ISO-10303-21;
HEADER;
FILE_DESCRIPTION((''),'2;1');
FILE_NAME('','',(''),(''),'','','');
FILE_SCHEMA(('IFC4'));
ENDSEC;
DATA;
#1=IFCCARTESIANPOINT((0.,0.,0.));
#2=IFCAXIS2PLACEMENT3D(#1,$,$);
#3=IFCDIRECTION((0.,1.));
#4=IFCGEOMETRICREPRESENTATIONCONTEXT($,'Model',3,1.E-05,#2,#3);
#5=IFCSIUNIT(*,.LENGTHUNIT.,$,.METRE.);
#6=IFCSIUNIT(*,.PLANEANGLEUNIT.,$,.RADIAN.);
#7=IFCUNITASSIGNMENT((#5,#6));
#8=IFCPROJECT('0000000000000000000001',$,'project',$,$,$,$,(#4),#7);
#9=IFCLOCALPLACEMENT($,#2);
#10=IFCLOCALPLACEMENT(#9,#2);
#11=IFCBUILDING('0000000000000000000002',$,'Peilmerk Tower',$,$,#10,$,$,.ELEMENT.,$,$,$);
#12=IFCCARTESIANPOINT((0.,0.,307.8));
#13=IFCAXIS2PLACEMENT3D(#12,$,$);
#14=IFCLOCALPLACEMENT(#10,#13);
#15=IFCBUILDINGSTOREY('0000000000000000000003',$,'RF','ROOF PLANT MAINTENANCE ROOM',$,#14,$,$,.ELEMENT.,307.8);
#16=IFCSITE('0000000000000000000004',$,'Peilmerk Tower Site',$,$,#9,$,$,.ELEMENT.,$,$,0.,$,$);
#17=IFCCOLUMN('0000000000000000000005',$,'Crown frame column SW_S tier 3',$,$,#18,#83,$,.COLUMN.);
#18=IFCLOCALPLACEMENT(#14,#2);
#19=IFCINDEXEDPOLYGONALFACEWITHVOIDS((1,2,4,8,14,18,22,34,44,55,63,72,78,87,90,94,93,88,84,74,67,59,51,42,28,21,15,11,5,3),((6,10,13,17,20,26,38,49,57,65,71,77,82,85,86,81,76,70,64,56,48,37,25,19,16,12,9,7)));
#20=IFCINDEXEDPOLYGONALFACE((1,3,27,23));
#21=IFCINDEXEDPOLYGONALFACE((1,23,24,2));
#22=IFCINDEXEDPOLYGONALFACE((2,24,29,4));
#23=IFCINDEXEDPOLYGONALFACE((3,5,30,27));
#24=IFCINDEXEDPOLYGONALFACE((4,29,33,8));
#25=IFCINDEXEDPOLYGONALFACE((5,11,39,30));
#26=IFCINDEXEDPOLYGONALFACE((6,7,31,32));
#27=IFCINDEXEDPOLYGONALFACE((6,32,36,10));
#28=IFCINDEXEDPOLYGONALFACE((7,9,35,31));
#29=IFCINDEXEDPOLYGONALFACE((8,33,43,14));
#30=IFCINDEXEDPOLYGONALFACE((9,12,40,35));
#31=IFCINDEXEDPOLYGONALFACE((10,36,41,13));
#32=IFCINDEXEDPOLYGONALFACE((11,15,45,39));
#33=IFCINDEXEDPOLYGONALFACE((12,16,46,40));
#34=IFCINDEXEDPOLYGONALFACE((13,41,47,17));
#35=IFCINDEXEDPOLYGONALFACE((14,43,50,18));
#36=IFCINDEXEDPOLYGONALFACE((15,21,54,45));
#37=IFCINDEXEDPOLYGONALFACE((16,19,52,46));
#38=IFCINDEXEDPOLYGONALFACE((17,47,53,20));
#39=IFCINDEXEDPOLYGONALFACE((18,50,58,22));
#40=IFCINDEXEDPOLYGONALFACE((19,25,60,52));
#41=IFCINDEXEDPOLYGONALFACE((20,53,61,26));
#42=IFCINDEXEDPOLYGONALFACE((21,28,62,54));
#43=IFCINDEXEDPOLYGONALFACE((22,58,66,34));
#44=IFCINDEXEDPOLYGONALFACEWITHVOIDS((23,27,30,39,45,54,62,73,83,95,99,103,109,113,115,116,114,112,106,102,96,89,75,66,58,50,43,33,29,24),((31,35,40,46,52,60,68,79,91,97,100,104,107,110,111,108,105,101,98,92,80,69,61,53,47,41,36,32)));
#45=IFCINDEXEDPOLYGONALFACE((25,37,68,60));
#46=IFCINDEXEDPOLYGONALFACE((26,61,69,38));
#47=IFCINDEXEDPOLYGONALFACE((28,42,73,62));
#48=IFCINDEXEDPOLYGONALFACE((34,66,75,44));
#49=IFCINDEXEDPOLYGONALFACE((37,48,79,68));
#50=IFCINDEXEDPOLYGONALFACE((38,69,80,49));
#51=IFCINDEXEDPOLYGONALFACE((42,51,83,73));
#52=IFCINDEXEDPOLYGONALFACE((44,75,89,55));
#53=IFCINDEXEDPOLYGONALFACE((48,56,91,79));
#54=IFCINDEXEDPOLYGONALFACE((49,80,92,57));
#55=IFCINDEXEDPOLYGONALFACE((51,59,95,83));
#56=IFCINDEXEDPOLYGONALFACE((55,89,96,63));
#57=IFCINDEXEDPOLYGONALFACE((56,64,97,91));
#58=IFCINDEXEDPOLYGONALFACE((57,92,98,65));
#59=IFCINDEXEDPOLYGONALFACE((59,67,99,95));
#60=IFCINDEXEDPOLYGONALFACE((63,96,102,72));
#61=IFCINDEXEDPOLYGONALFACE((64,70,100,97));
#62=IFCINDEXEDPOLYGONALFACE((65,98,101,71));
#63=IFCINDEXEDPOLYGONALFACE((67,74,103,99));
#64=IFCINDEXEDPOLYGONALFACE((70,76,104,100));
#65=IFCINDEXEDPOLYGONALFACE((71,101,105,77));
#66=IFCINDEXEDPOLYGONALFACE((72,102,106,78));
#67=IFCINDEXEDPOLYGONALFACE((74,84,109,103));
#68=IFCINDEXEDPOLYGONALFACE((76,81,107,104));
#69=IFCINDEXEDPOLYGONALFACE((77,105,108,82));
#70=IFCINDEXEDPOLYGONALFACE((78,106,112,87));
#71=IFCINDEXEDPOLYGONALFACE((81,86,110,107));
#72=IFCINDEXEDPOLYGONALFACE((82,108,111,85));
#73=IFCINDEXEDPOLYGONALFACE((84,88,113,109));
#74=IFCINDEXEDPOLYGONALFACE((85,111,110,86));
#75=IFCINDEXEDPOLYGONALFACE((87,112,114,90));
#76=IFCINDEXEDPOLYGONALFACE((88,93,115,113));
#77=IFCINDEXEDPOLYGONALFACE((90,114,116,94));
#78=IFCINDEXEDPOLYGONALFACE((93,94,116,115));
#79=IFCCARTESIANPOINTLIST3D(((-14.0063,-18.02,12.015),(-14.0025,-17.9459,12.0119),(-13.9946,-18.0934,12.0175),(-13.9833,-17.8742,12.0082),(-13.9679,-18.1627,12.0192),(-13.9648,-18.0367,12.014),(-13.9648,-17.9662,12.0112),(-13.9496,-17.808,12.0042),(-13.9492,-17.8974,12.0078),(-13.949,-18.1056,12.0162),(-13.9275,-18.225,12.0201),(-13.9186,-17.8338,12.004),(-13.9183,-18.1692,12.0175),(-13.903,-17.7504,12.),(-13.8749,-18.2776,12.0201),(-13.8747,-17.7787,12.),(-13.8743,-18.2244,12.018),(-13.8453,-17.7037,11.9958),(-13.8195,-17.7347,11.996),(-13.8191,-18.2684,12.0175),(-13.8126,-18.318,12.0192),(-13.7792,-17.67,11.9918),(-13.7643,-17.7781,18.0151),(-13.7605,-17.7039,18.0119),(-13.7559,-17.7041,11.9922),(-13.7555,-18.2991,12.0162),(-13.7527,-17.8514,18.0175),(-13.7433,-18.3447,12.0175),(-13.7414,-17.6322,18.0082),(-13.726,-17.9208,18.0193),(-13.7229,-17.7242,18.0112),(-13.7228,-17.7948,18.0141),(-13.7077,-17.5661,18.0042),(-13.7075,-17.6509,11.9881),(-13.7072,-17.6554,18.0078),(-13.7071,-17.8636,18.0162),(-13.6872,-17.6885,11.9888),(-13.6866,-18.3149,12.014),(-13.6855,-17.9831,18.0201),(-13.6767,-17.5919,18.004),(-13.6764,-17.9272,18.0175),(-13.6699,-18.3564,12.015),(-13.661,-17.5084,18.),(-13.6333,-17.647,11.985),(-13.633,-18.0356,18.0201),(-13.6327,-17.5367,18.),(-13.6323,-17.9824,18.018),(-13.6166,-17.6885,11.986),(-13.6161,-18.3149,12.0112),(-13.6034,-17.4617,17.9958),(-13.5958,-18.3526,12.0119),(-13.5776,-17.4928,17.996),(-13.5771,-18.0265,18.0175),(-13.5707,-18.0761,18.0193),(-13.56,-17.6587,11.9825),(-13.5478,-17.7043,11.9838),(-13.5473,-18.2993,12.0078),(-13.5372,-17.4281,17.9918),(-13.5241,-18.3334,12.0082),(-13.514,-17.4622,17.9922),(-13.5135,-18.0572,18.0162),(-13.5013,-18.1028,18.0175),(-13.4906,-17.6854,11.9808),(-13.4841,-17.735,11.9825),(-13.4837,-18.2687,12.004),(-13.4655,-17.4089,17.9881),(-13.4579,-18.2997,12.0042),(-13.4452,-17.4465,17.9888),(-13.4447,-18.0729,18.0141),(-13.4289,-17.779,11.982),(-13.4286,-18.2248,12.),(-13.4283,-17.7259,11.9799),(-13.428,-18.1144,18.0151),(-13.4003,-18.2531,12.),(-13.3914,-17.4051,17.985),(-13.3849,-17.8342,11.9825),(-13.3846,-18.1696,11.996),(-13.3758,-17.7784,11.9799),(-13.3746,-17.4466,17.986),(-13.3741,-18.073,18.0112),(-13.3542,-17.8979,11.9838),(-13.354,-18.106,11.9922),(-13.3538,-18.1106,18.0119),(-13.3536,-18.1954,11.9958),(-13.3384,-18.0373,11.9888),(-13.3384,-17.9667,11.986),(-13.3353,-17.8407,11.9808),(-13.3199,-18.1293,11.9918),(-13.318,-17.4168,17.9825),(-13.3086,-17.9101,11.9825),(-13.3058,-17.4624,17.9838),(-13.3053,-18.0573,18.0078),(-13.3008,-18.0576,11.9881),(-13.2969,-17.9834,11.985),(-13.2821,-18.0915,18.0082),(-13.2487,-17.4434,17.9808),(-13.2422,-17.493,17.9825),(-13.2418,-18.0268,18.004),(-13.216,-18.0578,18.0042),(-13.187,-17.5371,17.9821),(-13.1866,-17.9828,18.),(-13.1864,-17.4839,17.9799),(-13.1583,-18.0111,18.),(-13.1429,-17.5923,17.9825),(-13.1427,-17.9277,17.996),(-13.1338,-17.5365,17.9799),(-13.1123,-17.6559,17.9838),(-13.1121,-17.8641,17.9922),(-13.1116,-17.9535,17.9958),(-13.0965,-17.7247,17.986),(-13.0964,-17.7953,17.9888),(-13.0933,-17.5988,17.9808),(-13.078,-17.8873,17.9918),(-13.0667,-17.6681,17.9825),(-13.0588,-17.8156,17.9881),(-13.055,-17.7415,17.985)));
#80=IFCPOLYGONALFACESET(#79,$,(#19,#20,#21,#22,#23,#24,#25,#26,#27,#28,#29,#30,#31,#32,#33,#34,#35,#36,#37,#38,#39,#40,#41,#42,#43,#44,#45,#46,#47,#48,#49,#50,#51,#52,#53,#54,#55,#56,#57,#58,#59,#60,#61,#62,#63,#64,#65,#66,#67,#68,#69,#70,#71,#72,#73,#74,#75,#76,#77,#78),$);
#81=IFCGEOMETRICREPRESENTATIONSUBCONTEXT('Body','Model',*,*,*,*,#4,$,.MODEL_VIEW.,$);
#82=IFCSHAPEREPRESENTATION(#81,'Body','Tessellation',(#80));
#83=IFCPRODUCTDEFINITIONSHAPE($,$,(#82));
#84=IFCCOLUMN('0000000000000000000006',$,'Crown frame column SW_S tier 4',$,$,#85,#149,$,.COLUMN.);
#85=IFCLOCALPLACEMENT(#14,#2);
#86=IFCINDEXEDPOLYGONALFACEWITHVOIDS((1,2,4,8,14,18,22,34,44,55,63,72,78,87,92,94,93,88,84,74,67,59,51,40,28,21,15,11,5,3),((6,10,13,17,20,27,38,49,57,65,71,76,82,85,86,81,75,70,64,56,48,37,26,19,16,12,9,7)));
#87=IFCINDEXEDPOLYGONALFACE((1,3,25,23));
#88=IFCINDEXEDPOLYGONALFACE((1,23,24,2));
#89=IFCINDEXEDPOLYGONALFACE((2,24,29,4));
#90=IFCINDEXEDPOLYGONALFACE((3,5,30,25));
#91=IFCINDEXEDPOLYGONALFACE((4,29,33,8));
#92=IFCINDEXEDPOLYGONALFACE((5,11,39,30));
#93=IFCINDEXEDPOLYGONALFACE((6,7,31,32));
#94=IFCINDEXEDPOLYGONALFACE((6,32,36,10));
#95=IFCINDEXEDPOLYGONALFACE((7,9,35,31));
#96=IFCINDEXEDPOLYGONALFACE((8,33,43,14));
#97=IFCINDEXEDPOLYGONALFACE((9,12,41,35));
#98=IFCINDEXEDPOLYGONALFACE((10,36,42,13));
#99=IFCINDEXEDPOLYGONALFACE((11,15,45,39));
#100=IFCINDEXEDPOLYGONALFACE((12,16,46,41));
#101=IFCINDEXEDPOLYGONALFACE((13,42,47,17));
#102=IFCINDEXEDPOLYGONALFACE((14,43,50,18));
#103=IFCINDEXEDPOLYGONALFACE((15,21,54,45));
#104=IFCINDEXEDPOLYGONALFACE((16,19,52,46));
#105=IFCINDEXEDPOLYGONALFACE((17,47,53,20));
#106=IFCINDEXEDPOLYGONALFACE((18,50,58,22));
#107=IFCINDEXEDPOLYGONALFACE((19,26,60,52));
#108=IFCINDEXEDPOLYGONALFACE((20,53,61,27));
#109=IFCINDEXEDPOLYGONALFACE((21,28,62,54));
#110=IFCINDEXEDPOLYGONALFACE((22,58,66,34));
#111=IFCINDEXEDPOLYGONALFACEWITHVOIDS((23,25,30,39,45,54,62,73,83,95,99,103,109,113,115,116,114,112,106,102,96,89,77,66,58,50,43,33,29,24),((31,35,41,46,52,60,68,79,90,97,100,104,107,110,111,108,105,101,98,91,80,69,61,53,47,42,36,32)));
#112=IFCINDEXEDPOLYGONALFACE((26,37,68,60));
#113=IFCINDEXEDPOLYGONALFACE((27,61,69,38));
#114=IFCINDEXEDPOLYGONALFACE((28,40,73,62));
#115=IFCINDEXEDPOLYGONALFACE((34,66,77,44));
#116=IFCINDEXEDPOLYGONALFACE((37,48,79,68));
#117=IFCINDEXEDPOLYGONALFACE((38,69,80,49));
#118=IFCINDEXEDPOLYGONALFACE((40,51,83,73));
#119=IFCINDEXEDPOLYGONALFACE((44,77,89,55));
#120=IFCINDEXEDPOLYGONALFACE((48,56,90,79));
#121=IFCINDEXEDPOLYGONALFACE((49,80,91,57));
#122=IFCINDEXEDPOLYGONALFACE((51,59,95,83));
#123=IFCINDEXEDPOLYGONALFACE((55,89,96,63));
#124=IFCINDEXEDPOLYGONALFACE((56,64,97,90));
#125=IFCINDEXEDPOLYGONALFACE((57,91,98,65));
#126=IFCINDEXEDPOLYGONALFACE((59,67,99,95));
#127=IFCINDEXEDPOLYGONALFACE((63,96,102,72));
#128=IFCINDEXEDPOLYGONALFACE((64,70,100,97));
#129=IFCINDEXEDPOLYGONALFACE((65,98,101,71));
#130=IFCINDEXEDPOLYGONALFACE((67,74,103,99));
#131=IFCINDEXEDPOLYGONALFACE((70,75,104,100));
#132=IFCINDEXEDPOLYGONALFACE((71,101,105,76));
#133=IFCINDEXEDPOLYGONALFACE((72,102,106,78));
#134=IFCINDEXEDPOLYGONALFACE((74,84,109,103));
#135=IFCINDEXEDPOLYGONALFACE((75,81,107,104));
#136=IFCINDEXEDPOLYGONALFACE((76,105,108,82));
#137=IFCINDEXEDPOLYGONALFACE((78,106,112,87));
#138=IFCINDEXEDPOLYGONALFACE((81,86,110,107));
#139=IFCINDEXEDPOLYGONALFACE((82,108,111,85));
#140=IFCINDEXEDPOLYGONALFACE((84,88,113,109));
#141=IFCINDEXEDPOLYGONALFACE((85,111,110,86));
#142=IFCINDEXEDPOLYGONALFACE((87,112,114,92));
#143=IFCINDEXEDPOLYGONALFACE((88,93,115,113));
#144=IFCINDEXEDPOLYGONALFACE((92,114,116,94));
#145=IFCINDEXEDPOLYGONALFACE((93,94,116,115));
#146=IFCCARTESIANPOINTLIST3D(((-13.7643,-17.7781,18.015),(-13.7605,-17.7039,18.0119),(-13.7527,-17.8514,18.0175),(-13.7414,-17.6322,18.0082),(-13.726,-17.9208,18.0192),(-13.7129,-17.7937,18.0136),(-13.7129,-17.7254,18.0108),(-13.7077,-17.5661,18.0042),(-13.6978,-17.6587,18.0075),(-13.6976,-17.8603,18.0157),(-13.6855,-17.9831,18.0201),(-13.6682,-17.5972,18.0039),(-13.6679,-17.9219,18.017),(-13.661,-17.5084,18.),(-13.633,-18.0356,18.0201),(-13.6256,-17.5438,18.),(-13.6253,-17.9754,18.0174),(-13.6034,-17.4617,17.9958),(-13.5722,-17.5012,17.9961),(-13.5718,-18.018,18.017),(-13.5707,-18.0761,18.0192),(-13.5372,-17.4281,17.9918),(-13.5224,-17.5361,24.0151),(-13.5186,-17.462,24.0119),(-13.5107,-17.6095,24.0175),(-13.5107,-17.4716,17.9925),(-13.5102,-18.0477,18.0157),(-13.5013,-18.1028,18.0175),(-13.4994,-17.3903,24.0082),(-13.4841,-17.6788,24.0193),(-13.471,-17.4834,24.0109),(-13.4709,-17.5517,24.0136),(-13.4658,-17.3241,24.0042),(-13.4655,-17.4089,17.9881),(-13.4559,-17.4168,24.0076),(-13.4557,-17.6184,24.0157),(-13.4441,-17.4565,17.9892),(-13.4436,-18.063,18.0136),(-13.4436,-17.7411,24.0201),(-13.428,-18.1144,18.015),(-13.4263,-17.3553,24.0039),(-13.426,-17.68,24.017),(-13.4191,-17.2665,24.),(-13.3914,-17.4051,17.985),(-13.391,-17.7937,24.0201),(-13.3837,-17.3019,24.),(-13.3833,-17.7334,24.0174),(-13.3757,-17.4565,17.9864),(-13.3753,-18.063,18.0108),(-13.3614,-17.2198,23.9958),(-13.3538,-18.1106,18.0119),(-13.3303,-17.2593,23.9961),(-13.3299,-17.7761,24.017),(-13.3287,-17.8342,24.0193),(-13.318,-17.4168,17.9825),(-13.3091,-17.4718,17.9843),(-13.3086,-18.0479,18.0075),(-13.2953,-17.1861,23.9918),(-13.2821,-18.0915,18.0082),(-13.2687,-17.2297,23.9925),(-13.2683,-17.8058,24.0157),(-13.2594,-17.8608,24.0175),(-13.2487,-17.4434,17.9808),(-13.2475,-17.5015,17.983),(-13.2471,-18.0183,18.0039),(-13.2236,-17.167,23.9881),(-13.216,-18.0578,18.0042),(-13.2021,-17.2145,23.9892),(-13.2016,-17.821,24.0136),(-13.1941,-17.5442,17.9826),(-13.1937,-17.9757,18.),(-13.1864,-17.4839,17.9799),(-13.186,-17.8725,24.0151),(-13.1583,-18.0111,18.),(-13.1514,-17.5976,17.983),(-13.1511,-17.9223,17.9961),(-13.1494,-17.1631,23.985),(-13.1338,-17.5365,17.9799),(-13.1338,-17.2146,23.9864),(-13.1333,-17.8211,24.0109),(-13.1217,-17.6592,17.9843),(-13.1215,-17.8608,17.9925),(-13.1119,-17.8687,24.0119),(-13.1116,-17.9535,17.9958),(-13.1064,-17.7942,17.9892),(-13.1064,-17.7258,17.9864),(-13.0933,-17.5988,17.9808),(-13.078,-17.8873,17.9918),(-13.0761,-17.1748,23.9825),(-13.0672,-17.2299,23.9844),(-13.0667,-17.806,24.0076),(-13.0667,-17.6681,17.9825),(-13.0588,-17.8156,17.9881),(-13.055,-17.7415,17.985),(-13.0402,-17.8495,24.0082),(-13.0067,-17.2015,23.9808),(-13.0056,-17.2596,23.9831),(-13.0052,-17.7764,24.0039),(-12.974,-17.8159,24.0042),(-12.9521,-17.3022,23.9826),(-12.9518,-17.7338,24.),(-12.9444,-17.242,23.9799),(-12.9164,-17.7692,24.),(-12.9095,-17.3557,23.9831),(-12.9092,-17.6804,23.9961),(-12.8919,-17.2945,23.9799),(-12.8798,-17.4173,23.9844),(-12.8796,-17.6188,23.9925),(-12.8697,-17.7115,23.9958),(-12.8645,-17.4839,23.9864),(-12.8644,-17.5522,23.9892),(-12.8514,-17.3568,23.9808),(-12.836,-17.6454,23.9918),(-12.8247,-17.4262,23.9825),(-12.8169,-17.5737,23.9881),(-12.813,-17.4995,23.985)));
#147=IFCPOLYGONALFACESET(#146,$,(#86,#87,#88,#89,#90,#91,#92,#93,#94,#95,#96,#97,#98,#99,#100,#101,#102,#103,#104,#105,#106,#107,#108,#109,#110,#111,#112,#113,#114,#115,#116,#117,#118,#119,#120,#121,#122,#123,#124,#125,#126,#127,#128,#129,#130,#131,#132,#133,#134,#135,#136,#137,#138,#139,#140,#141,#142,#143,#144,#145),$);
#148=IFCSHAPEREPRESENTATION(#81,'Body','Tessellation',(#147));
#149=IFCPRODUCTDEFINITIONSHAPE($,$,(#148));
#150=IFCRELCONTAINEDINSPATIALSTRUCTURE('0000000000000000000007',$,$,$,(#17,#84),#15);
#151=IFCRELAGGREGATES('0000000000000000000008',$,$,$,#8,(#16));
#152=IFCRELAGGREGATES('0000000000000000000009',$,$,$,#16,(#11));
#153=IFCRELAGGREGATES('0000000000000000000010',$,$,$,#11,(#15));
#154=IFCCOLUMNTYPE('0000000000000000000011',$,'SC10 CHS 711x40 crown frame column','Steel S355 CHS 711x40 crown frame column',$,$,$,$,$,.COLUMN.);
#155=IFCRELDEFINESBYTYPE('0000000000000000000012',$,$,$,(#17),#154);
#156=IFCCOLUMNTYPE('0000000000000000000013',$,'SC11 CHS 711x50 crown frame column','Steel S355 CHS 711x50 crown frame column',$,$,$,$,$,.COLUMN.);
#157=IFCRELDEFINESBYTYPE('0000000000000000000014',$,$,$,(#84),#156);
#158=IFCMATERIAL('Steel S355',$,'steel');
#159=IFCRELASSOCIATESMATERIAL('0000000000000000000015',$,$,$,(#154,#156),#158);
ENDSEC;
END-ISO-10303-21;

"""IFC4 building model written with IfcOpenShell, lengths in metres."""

from ifc_helpers import new_model, si_unit, direction, frame, origin, origin_2d, place, context, subcontext, project, spatial, hollow_circle, extrude, material, material_profile, profile_set, type_object, element, save


model = new_model("IFC4")

# Units and contexts
model_context = context("Model", 3, precision=1e-05, world=origin(), true_north=direction((0.0, 1.0)))
body_context = subcontext(model_context, "Body", "Model", "MODEL_VIEW")
ifc_project = project(units=[si_unit("LENGTHUNIT", "METRE"), si_unit("PLANEANGLEUNIT", "RADIAN")], contexts=[model_context])

# Site, building, storey
site_placement = place(None, origin())
site = spatial("IfcSite", under=ifc_project, at=site_placement, Name="Peilmerk Tower Site", CompositionType="ELEMENT", RefElevation=0.0)
building_placement = place(site_placement, origin())
building = spatial("IfcBuilding", under=site, at=building_placement, Name="Peilmerk Tower", CompositionType="ELEMENT")
storey_placement = place(building_placement, frame((0.0, 0.0, 307.8)))
storey = spatial("IfcBuildingStorey", under=building, at=storey_placement, Name="RF", Description="ROOF PLANT MAINTENANCE ROOM", CompositionType="ELEMENT", Elevation=307.8)

# Columns
ifc_material_1 = material(Name="Steel S355", Category="steel")
ifc_material_profile_1 = material_profile(ifc_material_1, hollow_circle(Radius=0.3555, WallThickness=0.04, at=origin_2d()), Name="CHS 711x40")
ifc_profile_set_1 = profile_set([ifc_material_profile_1], Name="Steel S355")
column_type_1 = type_object("IfcColumnType", Name="SC10 CHS 711x40 crown frame column", Description="Steel S355 CHS 711x40 crown frame column", PredefinedType="COLUMN", material=ifc_profile_set_1)
column_1_placement = place(storey_placement, frame((-13.6516, -18.0017, 12.0), z_axis=(0.040258, 0.040258, 0.998378), x_axis=(-0.707107, 0.707107, 0.0)))
element("IfcColumn", 1, at=column_1_placement, inside=storey, type_object=column_type_1, Name="Crown frame column SW_S tier 3", PredefinedType="COLUMN", context=body_context, shape_type="SweptSolid", body=[
    extrude(hollow_circle(Radius=0.3555, WallThickness=0.04, at=origin_2d()), origin(), (0.0, 0.0, 1.0), 6.0098),
])
ifc_material_profile_2 = material_profile(ifc_material_1, hollow_circle(Radius=0.3555, WallThickness=0.05, at=origin_2d()), Name="CHS 711x50")
ifc_profile_set_2 = profile_set([ifc_material_profile_2], Name="Steel S355")
column_type_2 = type_object("IfcColumnType", Name="SC11 CHS 711x50 crown frame column", Description="Steel S355 CHS 711x50 crown frame column", PredefinedType="COLUMN", material=ifc_profile_set_2)
column_2_placement = place(storey_placement, frame((-13.4097, -17.7598, 18.0), z_axis=(0.040258, 0.040258, 0.998378), x_axis=(-0.707107, 0.707107, 0.0)))
element("IfcColumn", 2, at=column_2_placement, inside=storey, type_object=column_type_2, Name="Crown frame column SW_S tier 4", PredefinedType="COLUMN", context=body_context, shape_type="SweptSolid", body=[
    extrude(hollow_circle(Radius=0.3555, WallThickness=0.05, at=origin_2d()), origin(), (0.0, 0.0, 1.0), 6.0098),
])

save(model, "model.ifc")
